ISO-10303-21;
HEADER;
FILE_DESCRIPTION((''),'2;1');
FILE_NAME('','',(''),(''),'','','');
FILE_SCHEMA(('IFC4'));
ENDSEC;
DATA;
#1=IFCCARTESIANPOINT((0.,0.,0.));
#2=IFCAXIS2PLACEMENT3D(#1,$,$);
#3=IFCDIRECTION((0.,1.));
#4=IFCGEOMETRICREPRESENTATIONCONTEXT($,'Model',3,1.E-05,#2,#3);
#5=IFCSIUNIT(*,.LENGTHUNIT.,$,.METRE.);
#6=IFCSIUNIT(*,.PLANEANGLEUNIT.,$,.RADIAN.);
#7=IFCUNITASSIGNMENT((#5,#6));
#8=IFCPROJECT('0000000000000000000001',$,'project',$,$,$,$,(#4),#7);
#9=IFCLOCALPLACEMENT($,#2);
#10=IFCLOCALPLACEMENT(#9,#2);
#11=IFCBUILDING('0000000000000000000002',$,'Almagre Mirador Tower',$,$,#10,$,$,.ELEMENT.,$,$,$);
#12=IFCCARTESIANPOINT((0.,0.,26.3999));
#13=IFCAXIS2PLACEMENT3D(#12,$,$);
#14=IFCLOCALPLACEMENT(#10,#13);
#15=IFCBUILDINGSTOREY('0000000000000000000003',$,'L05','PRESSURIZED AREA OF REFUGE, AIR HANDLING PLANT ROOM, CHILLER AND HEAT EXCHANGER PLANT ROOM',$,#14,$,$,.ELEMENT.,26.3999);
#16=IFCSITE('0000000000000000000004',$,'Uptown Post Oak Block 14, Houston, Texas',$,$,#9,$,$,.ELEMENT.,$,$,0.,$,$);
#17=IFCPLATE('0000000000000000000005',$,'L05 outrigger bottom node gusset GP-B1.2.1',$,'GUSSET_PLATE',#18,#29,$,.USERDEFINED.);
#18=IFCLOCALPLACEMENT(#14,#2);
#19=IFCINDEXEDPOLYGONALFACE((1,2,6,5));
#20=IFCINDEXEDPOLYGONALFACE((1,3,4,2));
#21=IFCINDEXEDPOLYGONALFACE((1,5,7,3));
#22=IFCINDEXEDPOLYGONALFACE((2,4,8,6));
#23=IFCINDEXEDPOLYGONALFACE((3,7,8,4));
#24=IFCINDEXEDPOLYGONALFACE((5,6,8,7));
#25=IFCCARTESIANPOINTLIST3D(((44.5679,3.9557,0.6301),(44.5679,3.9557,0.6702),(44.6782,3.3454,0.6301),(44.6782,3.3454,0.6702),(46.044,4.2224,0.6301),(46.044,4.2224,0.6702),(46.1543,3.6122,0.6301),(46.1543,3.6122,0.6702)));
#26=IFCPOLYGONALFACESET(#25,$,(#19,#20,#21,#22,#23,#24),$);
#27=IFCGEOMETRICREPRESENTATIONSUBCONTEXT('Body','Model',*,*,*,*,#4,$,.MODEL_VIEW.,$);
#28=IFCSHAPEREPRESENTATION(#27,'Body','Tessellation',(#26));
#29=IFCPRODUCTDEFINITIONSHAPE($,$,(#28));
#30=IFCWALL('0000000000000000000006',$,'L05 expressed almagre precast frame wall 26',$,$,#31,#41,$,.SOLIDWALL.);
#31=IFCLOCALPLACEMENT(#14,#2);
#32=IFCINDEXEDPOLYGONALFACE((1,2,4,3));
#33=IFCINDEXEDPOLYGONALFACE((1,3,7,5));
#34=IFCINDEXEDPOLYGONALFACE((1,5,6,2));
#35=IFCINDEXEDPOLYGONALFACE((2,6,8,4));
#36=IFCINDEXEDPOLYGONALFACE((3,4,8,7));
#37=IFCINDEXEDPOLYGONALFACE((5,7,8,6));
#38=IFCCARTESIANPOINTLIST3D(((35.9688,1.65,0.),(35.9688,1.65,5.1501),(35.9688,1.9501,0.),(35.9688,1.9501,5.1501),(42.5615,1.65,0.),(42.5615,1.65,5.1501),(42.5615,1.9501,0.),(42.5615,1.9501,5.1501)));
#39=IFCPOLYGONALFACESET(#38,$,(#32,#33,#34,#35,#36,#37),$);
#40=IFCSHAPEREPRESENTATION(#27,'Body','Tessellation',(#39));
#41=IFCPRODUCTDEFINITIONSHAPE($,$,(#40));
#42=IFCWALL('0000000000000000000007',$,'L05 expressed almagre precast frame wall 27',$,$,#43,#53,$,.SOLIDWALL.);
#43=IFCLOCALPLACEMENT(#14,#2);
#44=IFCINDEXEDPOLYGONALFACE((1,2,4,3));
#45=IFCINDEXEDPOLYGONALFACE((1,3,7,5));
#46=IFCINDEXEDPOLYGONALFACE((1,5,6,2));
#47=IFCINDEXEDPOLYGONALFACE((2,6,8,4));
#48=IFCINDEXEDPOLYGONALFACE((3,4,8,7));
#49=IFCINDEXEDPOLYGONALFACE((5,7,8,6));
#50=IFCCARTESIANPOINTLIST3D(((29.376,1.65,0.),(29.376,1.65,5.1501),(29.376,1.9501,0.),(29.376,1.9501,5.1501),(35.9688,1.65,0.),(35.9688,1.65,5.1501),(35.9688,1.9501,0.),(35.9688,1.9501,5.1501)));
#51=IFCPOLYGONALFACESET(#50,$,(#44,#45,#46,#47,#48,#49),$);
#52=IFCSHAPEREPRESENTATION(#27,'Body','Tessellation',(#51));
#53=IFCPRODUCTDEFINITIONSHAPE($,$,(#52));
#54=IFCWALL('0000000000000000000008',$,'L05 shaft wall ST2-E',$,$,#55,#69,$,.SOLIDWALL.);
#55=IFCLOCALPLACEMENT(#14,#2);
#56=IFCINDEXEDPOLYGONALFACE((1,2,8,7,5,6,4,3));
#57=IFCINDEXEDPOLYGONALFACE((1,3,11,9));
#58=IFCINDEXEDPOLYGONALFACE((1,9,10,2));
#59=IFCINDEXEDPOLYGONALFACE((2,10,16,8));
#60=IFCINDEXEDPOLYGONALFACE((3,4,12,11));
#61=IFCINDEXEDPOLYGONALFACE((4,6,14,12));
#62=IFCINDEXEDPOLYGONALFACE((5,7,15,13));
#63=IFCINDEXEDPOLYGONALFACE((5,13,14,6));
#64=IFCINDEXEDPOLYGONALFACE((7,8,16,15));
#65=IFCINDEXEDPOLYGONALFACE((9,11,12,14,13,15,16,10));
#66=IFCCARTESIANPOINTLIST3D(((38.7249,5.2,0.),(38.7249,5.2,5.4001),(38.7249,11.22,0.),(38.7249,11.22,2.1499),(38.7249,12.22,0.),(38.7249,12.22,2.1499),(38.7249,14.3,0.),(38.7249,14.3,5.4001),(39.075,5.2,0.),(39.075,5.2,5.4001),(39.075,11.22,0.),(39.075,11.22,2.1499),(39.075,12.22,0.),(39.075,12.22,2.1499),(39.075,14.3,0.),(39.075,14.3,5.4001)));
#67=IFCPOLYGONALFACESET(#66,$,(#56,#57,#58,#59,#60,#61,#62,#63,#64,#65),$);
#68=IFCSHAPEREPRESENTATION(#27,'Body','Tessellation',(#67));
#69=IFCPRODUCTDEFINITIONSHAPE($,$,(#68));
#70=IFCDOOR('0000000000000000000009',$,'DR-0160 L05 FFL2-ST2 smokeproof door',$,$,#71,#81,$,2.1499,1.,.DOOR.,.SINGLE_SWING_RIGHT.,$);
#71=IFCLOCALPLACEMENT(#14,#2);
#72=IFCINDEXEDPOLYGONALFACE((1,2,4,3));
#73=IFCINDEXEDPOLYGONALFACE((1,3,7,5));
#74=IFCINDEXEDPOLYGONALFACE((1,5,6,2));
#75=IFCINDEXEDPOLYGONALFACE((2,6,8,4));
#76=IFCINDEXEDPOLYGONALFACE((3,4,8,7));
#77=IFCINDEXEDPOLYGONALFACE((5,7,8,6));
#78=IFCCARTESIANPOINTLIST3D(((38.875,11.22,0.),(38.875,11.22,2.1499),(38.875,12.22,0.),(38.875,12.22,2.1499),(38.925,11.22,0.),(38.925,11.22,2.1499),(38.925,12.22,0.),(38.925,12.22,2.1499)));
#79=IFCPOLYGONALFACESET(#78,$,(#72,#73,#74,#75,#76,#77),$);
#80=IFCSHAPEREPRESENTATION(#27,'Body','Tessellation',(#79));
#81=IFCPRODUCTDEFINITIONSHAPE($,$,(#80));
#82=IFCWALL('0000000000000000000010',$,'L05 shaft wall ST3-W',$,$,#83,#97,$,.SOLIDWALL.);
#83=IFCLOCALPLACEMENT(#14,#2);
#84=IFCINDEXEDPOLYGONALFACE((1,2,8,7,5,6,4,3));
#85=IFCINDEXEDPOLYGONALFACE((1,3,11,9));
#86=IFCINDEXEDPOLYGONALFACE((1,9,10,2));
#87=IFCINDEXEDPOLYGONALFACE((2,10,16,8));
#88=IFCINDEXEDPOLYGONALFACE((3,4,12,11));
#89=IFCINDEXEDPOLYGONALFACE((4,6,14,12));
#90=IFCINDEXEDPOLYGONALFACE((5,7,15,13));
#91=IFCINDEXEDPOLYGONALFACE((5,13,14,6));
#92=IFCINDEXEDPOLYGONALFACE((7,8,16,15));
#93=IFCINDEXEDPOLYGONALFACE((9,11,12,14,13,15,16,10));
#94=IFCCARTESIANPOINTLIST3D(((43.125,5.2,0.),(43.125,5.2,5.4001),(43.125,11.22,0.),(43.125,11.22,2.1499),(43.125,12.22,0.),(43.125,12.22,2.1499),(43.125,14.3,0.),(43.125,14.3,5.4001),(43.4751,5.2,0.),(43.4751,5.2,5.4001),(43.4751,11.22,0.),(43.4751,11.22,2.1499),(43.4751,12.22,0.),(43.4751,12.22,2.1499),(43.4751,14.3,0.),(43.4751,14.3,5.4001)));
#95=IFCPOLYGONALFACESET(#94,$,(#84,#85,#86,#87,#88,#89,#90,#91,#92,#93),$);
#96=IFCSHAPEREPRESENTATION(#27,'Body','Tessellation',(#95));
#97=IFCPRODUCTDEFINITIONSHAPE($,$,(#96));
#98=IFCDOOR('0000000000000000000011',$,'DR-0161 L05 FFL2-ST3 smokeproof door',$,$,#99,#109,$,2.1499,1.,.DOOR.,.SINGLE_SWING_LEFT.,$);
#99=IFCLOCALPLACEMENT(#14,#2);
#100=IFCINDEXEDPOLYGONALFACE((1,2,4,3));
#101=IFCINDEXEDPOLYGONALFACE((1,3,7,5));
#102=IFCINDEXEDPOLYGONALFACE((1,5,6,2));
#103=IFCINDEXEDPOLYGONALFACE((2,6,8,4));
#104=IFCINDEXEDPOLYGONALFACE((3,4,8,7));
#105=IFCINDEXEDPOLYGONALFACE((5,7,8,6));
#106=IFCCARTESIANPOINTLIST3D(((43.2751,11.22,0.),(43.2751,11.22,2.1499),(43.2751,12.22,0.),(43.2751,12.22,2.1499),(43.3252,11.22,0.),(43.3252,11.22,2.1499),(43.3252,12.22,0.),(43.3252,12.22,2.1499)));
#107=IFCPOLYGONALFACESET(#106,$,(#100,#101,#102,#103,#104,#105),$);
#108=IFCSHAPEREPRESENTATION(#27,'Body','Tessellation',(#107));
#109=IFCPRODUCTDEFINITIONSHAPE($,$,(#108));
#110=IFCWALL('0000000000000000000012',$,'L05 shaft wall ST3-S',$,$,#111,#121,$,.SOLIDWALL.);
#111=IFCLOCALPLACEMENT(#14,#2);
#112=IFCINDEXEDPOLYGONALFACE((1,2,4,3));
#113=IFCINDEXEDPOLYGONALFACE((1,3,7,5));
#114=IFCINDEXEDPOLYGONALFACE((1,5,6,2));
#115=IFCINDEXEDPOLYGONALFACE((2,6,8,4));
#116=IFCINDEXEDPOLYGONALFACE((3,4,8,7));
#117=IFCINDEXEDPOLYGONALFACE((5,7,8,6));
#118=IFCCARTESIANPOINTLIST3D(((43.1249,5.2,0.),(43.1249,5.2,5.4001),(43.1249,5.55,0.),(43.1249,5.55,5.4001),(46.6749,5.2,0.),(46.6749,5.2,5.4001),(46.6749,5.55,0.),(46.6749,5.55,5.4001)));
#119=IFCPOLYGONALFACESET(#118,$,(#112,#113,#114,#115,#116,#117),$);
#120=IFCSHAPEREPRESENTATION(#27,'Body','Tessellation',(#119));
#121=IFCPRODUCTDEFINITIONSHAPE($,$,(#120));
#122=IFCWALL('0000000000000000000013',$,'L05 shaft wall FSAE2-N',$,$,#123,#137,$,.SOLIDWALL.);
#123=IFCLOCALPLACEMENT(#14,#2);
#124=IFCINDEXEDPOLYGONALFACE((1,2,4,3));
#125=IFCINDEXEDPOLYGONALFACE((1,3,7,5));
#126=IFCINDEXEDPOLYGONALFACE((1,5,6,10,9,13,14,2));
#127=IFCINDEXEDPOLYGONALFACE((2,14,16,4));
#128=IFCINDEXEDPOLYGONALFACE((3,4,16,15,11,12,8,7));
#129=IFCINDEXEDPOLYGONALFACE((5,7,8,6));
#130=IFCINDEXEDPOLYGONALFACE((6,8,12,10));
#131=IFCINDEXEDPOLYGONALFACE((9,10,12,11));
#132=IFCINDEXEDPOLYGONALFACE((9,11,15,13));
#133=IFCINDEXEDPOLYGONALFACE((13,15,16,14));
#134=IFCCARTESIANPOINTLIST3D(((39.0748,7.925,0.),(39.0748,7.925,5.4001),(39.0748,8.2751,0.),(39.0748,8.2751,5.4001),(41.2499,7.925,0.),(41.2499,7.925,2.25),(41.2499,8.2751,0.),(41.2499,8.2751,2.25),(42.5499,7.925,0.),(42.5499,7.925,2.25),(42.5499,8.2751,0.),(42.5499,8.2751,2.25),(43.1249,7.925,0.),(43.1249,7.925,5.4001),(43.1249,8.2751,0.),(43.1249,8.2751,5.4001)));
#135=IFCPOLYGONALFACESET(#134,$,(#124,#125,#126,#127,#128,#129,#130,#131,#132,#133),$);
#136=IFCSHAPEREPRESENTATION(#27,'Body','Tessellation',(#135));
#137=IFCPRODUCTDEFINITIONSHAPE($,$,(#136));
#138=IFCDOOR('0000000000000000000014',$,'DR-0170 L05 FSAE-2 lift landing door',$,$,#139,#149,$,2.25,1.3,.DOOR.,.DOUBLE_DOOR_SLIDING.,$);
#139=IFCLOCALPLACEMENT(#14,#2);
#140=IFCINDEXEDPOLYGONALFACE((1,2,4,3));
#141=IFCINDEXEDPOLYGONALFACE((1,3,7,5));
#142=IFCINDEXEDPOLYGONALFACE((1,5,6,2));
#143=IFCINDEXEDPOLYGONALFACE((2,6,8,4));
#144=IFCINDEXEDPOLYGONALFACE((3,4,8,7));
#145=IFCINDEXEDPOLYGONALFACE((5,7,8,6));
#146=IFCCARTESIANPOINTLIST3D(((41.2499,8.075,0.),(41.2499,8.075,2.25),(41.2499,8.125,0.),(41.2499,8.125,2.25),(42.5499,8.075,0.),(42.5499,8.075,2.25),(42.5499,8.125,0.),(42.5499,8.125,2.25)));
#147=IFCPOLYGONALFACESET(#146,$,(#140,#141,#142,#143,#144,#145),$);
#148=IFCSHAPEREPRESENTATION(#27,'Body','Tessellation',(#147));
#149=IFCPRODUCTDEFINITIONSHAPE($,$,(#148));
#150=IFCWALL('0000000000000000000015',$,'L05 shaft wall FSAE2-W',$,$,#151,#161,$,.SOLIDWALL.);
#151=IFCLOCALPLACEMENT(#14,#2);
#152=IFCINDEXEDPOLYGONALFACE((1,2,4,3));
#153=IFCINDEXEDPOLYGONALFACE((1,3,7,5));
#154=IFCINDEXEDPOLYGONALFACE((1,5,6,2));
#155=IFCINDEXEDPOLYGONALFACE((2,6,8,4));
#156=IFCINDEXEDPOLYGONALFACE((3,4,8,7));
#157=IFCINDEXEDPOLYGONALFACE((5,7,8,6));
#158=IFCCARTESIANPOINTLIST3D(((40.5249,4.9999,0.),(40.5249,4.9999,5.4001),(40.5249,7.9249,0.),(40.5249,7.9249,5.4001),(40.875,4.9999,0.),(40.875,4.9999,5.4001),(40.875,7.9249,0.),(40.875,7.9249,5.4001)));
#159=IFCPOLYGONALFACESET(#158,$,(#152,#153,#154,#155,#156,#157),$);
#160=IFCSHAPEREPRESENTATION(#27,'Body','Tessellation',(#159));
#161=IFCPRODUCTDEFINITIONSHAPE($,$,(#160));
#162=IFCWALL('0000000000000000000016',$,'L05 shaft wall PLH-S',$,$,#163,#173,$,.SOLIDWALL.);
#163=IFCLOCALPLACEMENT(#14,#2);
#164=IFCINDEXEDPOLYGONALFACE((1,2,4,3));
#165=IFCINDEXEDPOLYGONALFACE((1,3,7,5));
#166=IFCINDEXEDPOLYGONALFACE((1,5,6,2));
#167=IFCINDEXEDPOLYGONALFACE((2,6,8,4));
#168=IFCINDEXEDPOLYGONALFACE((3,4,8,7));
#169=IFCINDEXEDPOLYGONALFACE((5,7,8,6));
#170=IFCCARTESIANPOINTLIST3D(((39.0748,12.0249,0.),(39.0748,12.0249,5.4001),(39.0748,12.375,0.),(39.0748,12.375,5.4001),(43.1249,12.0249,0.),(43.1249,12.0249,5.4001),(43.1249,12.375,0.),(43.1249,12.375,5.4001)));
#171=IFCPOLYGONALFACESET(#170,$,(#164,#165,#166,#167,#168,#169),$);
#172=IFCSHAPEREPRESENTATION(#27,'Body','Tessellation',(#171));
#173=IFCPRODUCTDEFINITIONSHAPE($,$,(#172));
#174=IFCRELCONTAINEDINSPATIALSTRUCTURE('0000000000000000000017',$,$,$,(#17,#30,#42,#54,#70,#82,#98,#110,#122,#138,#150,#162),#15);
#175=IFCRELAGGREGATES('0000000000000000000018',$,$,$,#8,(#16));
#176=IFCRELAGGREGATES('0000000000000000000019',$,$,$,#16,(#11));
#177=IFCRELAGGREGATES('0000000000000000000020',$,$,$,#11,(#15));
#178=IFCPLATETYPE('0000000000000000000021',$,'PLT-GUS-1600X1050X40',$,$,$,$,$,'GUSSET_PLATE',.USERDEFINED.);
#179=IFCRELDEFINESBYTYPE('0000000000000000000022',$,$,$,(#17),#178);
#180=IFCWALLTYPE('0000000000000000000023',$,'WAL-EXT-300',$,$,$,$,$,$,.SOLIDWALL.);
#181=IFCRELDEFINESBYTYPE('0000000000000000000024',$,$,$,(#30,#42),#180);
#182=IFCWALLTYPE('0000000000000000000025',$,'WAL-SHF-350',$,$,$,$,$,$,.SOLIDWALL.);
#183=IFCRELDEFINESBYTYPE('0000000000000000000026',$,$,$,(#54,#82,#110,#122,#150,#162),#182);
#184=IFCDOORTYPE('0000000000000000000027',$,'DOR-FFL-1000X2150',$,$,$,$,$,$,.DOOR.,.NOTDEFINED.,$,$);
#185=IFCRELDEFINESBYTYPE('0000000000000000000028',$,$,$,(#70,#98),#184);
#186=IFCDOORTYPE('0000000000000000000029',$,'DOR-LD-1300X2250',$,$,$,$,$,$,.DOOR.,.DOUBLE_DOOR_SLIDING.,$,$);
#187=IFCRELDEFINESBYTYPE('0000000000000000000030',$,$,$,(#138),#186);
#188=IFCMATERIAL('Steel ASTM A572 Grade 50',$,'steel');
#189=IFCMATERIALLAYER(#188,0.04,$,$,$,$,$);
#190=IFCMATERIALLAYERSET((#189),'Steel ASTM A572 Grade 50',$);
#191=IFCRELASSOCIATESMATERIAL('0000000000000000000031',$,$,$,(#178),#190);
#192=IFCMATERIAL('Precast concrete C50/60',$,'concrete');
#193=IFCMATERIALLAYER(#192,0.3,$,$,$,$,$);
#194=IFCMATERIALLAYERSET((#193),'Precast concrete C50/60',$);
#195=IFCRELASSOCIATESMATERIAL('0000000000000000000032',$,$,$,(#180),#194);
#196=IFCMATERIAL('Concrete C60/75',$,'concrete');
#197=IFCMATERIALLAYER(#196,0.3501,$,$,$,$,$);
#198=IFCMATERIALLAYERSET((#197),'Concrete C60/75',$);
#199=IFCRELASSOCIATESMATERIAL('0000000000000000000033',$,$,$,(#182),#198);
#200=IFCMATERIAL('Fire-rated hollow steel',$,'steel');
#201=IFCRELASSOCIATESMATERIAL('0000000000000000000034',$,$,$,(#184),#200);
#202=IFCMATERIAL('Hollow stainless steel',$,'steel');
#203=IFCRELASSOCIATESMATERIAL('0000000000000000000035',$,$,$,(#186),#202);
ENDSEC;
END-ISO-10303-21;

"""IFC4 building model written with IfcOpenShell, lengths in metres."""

from ifc_helpers import new_model, si_unit, direction, frame, frame_2d, origin, origin_2d, place, context, subcontext, project, spatial, rectangle, extrude, material, layer, layer_set, type_object, element, fill, save


model = new_model("IFC4")

# Units and contexts
model_context = context("Model", 3, precision=1e-05, world=origin(), true_north=direction((0.0, 1.0)))
body_context = subcontext(model_context, "Body", "Model", "MODEL_VIEW")
ifc_project = project(units=[si_unit("LENGTHUNIT", "METRE"), si_unit("PLANEANGLEUNIT", "RADIAN")], contexts=[model_context])

# Site, building, storey
site_placement = place(None, origin())
site = spatial("IfcSite", under=ifc_project, at=site_placement, Name="Uptown Post Oak Block 14, Houston, Texas", CompositionType="ELEMENT", RefElevation=0.0)
building_placement = place(site_placement, origin())
building = spatial("IfcBuilding", under=site, at=building_placement, Name="Almagre Mirador Tower", CompositionType="ELEMENT")
storey_placement = place(building_placement, frame((0.0, 0.0, 26.3999)))
storey = spatial("IfcBuildingStorey", under=building, at=storey_placement, Name="L05", Description="PRESSURIZED AREA OF REFUGE, AIR HANDLING PLANT ROOM, CHILLER AND HEAT EXCHANGER PLANT ROOM", CompositionType="ELEMENT", Elevation=26.3999)

# Plate
ifc_material_1 = material(Name="Steel ASTM A572 Grade 50", Category="steel")
ifc_layer_1 = layer(ifc_material_1, 0.04)
ifc_layer_set_1 = layer_set([ifc_layer_1], Name="Steel ASTM A572 Grade 50")
plate_type = type_object("IfcPlateType", Name="PLT-GUS-1600X1050X40", ElementType="GUSSET_PLATE", PredefinedType="USERDEFINED", material=ifc_layer_set_1)
plate_1_placement = place(storey_placement, frame((45.3611, 3.7839, 0.6301), z_axis=(0.0, 0.0, 1.0), x_axis=(0.984056, 0.177858, 0.0)))
element("IfcPlate", 1, at=plate_1_placement, inside=storey, type_object=plate_type, Name="L05 outrigger bottom node gusset GP-B1.2.1", ObjectType="GUSSET_PLATE", PredefinedType="USERDEFINED", context=body_context, shape_type="SweptSolid", body=[
    extrude(rectangle(XDim=1.5, YDim=0.6201, at=origin_2d()), origin(), (0.0, 0.0, 1.0), 0.04),
])

# Walls
ifc_material_2 = material(Name="Precast concrete C50/60", Category="concrete")
ifc_layer_2 = layer(ifc_material_2, 0.3)
ifc_layer_set_2 = layer_set([ifc_layer_2], Name="Precast concrete C50/60")
wall_type_1 = type_object("IfcWallType", Name="WAL-EXT-300", PredefinedType="SOLIDWALL", material=ifc_layer_set_2)
for number, where, z_axis, x_axis, name in (
    (2, (42.5615, 1.8, 0.0), (0.0, 0.0, 1.0), (-1.0, 0.0, 0.0), "L05 expressed almagre precast frame wall 26"),
    (3, (35.9688, 1.8, 0.0), (0.0, 0.0, 1.0), (-1.0, 0.0, 0.0), "L05 expressed almagre precast frame wall 27"),
):
    element("IfcWall", number, at=place(storey_placement, frame(where, z_axis=z_axis, x_axis=x_axis)), inside=storey, type_object=wall_type_1, Name=name, PredefinedType="SOLIDWALL", context=body_context, shape_type="SweptSolid", body=[
        extrude(rectangle(XDim=6.5928, YDim=0.3, at=frame_2d((3.2964, 0.0))), origin(), (0.0, 0.0, 1.0), 5.1501),
    ])

# Walls, openings, doors
ifc_material_3 = material(Name="Concrete C60/75", Category="concrete")
ifc_layer_3 = layer(ifc_material_3, 0.3501)
ifc_layer_set_3 = layer_set([ifc_layer_3], Name="Concrete C60/75")
wall_type_2 = type_object("IfcWallType", Name="WAL-SHF-350", PredefinedType="SOLIDWALL", material=ifc_layer_set_3)
wall_1_placement = place(storey_placement, frame((38.8999, 5.2, 0.0), z_axis=(0.0, 0.0, 1.0), x_axis=(0.0, 1.0, 0.0)))
wall_1 = element("IfcWall", 4, at=wall_1_placement, inside=storey, type_object=wall_type_2, Name="L05 shaft wall ST2-E", PredefinedType="SOLIDWALL", context=body_context, shape_type="SweptSolid", body=[
    extrude(rectangle(XDim=9.1001, YDim=0.3501, at=frame_2d((4.55, 0.0))), origin(), (0.0, 0.0, 1.0), 5.4001),
])
opening_1_placement = place(wall_1_placement, frame((6.02, 0.0, 0.0)))
opening_1 = element("IfcOpeningElement", 5, at=opening_1_placement, cuts=wall_1, PredefinedType="OPENING", context=body_context, shape_type="SweptSolid", body=[
    extrude(rectangle(XDim=1.0, YDim=2.1499, at=frame_2d((0.5, 1.075))), frame((0.0, 0.185, 0.0), z_axis=(0.0, -1.0, 0.0), x_axis=(1.0, 0.0, 0.0)), (0.0, 0.0, 1.0), 0.3701),
])
ifc_material_4 = material(Name="Fire-rated hollow steel", Category="steel")
door_type_1 = type_object("IfcDoorType", Name="DOR-FFL-1000X2150", OperationType="NOTDEFINED", PredefinedType="DOOR", material=ifc_material_4)
door_1_placement = place(opening_1_placement, origin())
door_1 = element("IfcDoor", 6, at=door_1_placement, inside=storey, type_object=door_type_1, Name="DR-0160 L05 FFL2-ST2 smokeproof door", OperationType="SINGLE_SWING_RIGHT", OverallHeight=2.1499, OverallWidth=1.0, PredefinedType="DOOR", context=body_context, shape_type="SweptSolid", body=[
    extrude(rectangle(XDim=1.0, YDim=2.1499, at=frame_2d((0.5, 1.075))), frame((0.0, 0.0249, 0.0), z_axis=(0.0, -1.0, 0.0), x_axis=(1.0, 0.0, 0.0)), (0.0, 0.0, 1.0), 0.05),
])
fill(opening_1, door_1)
wall_2_placement = place(storey_placement, frame((43.3, 5.2, 0.0), z_axis=(0.0, 0.0, 1.0), x_axis=(0.0, 1.0, 0.0)))
wall_2 = element("IfcWall", 7, at=wall_2_placement, inside=storey, type_object=wall_type_2, Name="L05 shaft wall ST3-W", PredefinedType="SOLIDWALL", context=body_context, shape_type="SweptSolid", body=[
    extrude(rectangle(XDim=9.1001, YDim=0.3501, at=frame_2d((4.55, 0.0))), origin(), (0.0, 0.0, 1.0), 5.4001),
])
opening_2_placement = place(wall_2_placement, frame((6.02, 0.0, 0.0)))
opening_2 = element("IfcOpeningElement", 8, at=opening_2_placement, cuts=wall_2, PredefinedType="OPENING", context=body_context, shape_type="SweptSolid", body=[
    extrude(rectangle(XDim=1.0, YDim=2.1499, at=frame_2d((0.5, 1.075))), frame((0.0, 0.185, 0.0), z_axis=(0.0, -1.0, 0.0), x_axis=(1.0, 0.0, 0.0)), (0.0, 0.0, 1.0), 0.3701),
])
door_2_placement = place(opening_2_placement, origin())
door_2 = element("IfcDoor", 9, at=door_2_placement, inside=storey, type_object=door_type_1, Name="DR-0161 L05 FFL2-ST3 smokeproof door", OperationType="SINGLE_SWING_LEFT", OverallHeight=2.1499, OverallWidth=1.0, PredefinedType="DOOR", context=body_context, shape_type="SweptSolid", body=[
    extrude(rectangle(XDim=1.0, YDim=2.1499, at=frame_2d((0.5, 1.075))), frame((0.0, 0.0249, 0.0), z_axis=(0.0, -1.0, 0.0), x_axis=(1.0, 0.0, 0.0)), (0.0, 0.0, 1.0), 0.05),
])
fill(opening_2, door_2)

# Wall
wall_3_placement = place(storey_placement, frame((43.125, 5.375, 0.0), z_axis=(0.0, 0.0, 1.0), x_axis=(1.0, 0.0, 0.0)))
element("IfcWall", 10, at=wall_3_placement, inside=storey, type_object=wall_type_2, Name="L05 shaft wall ST3-S", PredefinedType="SOLIDWALL", context=body_context, shape_type="SweptSolid", body=[
    extrude(rectangle(XDim=3.55, YDim=0.3501, at=frame_2d((1.7749, 0.0))), origin(), (0.0, 0.0, 1.0), 5.4001),
])

# Wall, opening, door
wall_4_placement = place(storey_placement, frame((39.075, 8.1001, 0.0), z_axis=(0.0, 0.0, 1.0), x_axis=(1.0, 0.0, 0.0)))
wall_4 = element("IfcWall", 11, at=wall_4_placement, inside=storey, type_object=wall_type_2, Name="L05 shaft wall FSAE2-N", PredefinedType="SOLIDWALL", context=body_context, shape_type="SweptSolid", body=[
    extrude(rectangle(XDim=4.05, YDim=0.3501, at=frame_2d((2.0249, 0.0))), origin(), (0.0, 0.0, 1.0), 5.4001),
])
opening_3_placement = place(wall_4_placement, frame((2.175, 0.0, 0.0)))
opening_3 = element("IfcOpeningElement", 12, at=opening_3_placement, cuts=wall_4, PredefinedType="OPENING", context=body_context, shape_type="SweptSolid", body=[
    extrude(rectangle(XDim=1.3, YDim=2.25, at=frame_2d((0.6499, 1.125))), frame((0.0, 0.185, 0.0), z_axis=(0.0, -1.0, 0.0), x_axis=(1.0, 0.0, 0.0)), (0.0, 0.0, 1.0), 0.3701),
])
ifc_material_5 = material(Name="Hollow stainless steel", Category="steel")
door_type_2 = type_object("IfcDoorType", Name="DOR-LD-1300X2250", OperationType="DOUBLE_DOOR_SLIDING", PredefinedType="DOOR", material=ifc_material_5)
door_3_placement = place(opening_3_placement, origin())
door_3 = element("IfcDoor", 13, at=door_3_placement, inside=storey, type_object=door_type_2, Name="DR-0170 L05 FSAE-2 lift landing door", OperationType="DOUBLE_DOOR_SLIDING", OverallHeight=2.25, OverallWidth=1.3, PredefinedType="DOOR", context=body_context, shape_type="SweptSolid", body=[
    extrude(rectangle(XDim=1.3, YDim=2.25, at=frame_2d((0.6499, 1.125))), frame((0.0, 0.0249, 0.0), z_axis=(0.0, -1.0, 0.0), x_axis=(1.0, 0.0, 0.0)), (0.0, 0.0, 1.0), 0.05),
])
fill(opening_3, door_3)

# Walls
wall_5_placement = place(storey_placement, frame((40.7, 5.0, 0.0), z_axis=(0.0, 0.0, 1.0), x_axis=(0.0, 1.0, 0.0)))
element("IfcWall", 14, at=wall_5_placement, inside=storey, type_object=wall_type_2, Name="L05 shaft wall FSAE2-W", PredefinedType="SOLIDWALL", context=body_context, shape_type="SweptSolid", body=[
    extrude(rectangle(XDim=2.925, YDim=0.3501, at=frame_2d((1.4624, 0.0))), origin(), (0.0, 0.0, 1.0), 5.4001),
])
wall_6_placement = place(storey_placement, frame((39.075, 12.2, 0.0), z_axis=(0.0, 0.0, 1.0), x_axis=(1.0, 0.0, 0.0)))
element("IfcWall", 15, at=wall_6_placement, inside=storey, type_object=wall_type_2, Name="L05 shaft wall PLH-S", PredefinedType="SOLIDWALL", context=body_context, shape_type="SweptSolid", body=[
    extrude(rectangle(XDim=4.05, YDim=0.3501, at=frame_2d((2.0249, 0.0))), origin(), (0.0, 0.0, 1.0), 5.4001),
])

save(model, "model.ifc")
